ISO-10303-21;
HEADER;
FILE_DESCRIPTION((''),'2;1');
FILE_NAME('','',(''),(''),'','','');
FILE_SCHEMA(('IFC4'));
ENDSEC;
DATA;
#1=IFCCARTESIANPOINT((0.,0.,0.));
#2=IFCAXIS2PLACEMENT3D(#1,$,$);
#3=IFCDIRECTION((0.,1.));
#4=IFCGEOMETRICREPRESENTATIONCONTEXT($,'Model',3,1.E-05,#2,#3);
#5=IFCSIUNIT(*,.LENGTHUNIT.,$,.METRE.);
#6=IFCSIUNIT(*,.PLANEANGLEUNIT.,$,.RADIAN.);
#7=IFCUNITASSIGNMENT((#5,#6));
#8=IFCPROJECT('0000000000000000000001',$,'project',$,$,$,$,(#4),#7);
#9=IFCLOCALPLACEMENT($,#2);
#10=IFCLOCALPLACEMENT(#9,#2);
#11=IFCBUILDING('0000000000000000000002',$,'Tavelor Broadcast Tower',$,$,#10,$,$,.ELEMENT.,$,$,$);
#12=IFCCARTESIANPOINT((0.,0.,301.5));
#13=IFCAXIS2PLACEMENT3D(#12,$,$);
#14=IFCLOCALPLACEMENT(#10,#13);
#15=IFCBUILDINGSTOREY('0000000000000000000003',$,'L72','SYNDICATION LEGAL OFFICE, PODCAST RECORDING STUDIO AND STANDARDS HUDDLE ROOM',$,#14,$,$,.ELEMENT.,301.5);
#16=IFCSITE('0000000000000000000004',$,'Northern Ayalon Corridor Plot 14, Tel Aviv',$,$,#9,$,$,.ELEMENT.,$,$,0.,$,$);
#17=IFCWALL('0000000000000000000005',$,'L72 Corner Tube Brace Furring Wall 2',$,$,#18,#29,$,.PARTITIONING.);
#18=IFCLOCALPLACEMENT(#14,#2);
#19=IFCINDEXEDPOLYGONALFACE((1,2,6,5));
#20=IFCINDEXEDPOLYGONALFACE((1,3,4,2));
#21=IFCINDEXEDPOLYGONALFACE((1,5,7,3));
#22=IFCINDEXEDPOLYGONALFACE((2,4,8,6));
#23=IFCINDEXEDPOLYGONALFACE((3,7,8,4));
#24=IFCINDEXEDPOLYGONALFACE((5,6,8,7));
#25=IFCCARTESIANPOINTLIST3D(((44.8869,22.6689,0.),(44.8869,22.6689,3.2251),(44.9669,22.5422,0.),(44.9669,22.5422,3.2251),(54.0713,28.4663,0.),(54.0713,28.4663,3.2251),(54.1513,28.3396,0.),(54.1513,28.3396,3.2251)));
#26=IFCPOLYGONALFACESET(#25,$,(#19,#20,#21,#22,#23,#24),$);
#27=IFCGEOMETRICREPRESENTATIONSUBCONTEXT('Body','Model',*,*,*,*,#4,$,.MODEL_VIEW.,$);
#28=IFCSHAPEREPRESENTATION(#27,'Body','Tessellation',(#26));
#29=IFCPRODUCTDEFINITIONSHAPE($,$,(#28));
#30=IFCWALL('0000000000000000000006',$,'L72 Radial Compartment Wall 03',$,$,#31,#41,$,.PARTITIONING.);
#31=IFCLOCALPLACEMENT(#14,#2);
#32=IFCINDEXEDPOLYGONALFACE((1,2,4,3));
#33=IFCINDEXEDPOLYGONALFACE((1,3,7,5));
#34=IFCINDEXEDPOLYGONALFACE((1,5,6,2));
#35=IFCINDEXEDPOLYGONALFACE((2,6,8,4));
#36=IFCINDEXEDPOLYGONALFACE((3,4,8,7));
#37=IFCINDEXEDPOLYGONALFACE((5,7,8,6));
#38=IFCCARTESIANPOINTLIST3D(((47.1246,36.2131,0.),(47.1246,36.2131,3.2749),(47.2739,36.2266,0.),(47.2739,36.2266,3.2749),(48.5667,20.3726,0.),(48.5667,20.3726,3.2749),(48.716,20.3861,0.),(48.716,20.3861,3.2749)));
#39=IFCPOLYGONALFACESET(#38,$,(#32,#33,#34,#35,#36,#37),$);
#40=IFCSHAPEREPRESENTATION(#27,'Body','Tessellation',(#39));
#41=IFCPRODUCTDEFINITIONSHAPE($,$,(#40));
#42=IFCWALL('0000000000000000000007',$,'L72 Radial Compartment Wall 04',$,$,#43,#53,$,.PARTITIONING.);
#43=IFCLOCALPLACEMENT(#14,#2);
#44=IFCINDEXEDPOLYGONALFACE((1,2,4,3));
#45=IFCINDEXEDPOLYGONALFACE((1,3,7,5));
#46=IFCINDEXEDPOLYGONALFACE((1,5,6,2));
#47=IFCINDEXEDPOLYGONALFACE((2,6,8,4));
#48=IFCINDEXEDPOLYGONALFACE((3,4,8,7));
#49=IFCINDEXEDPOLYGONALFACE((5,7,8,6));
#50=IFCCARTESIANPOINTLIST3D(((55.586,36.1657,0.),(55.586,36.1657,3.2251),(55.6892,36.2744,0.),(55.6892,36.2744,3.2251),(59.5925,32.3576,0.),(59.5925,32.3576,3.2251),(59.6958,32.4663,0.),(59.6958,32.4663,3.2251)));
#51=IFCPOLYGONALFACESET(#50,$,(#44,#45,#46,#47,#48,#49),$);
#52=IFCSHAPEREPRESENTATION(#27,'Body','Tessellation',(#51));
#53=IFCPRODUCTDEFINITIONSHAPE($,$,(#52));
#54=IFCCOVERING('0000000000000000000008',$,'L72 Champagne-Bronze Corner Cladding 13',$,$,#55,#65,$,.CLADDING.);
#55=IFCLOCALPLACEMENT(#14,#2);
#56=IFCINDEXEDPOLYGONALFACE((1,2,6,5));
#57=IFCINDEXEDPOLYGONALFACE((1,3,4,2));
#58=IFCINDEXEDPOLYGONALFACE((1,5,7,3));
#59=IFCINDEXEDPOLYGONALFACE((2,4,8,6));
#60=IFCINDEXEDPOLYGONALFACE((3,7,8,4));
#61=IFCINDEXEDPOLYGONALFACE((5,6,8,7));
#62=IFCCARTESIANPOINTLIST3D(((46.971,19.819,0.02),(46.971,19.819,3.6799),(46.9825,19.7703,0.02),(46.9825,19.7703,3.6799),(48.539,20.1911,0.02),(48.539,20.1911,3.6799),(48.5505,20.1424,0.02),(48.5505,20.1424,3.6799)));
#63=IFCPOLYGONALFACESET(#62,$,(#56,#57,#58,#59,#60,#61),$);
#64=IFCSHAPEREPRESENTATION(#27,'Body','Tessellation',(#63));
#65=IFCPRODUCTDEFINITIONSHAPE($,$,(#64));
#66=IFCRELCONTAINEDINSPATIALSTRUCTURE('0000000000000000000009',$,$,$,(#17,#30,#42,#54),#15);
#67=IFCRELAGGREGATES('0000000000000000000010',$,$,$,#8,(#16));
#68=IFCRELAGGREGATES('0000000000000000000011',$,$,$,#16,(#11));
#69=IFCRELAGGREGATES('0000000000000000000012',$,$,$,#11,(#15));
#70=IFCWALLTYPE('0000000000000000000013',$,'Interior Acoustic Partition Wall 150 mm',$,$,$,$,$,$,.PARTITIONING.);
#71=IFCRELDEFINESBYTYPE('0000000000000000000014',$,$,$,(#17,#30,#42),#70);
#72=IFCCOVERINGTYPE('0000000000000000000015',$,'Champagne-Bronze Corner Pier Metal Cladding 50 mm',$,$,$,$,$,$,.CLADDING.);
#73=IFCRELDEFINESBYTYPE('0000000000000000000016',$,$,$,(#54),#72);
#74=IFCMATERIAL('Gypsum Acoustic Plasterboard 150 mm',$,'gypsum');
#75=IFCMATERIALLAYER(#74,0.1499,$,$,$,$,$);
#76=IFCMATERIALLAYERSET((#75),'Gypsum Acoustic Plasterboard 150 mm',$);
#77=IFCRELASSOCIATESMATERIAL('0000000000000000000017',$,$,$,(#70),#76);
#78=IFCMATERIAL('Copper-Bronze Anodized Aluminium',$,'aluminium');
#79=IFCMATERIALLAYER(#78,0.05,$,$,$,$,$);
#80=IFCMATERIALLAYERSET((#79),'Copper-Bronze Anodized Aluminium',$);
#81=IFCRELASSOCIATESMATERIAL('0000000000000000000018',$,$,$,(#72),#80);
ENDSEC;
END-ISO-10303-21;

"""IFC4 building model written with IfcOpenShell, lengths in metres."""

from ifc_helpers import new_model, si_unit, direction, frame, frame_2d, origin, origin_2d, place, context, subcontext, project, spatial, rectangle, extrude, material, layer, layer_set, type_object, element, save


model = new_model("IFC4")

# Units and contexts
model_context = context("Model", 3, precision=1e-05, world=origin(), true_north=direction((0.0, 1.0)))
body_context = subcontext(model_context, "Body", "Model", "MODEL_VIEW")
ifc_project = project(units=[si_unit("LENGTHUNIT", "METRE"), si_unit("PLANEANGLEUNIT", "RADIAN")], contexts=[model_context])

# Site, building, storey
site_placement = place(None, origin())
site = spatial("IfcSite", under=ifc_project, at=site_placement, Name="Northern Ayalon Corridor Plot 14, Tel Aviv", CompositionType="ELEMENT", RefElevation=0.0)
building_placement = place(site_placement, origin())
building = spatial("IfcBuilding", under=site, at=building_placement, Name="Tavelor Broadcast Tower", CompositionType="ELEMENT")
storey_placement = place(building_placement, frame((0.0, 0.0, 301.5)))
storey = spatial("IfcBuildingStorey", under=building, at=storey_placement, Name="L72", Description="SYNDICATION LEGAL OFFICE, PODCAST RECORDING STUDIO AND STANDARDS HUDDLE ROOM", CompositionType="ELEMENT", Elevation=301.5)

# Walls
ifc_material_1 = material(Name="Gypsum Acoustic Plasterboard 150 mm", Category="gypsum")
ifc_layer_1 = layer(ifc_material_1, 0.1499)
ifc_layer_set_1 = layer_set([ifc_layer_1], Name="Gypsum Acoustic Plasterboard 150 mm")
wall_type_1 = type_object("IfcWallType", Name="Interior Acoustic Partition Wall 150 mm", PredefinedType="PARTITIONING", material=ifc_layer_set_1)
wall_1_placement = place(storey_placement, frame((44.9268, 22.6055, 0.0), z_axis=(0.0, 0.0, 1.0), x_axis=(0.845625, 0.533778, 0.0)))
element("IfcWall", 1, at=wall_1_placement, inside=storey, type_object=wall_type_1, Name="L72 Corner Tube Brace Furring Wall 2", PredefinedType="PARTITIONING", context=body_context, shape_type="SweptSolid", body=[
    extrude(rectangle(XDim=10.8611, YDim=0.1499, at=frame_2d((5.4307, 0.0))), origin(), (0.0, 0.0, 1.0), 3.2251),
])
wall_2_placement = place(storey_placement, frame((47.1992, 36.22, 0.0), z_axis=(0.0, 0.0, 1.0), x_axis=(0.090666, -0.995881, 0.0)))
element("IfcWall", 2, at=wall_2_placement, inside=storey, type_object=wall_type_1, Name="L72 Radial Compartment Wall 03", PredefinedType="PARTITIONING", context=body_context, shape_type="SweptSolid", body=[
    extrude(rectangle(XDim=15.906, YDim=0.1499, at=frame_2d((7.9531, 0.0))), origin(), (0.0, 0.0, 1.0), 3.2749),
])
wall_3_placement = place(storey_placement, frame((55.6377, 36.22, 0.0), z_axis=(0.0, 0.0, 1.0), x_axis=(0.724833, -0.688925, 0.0)))
element("IfcWall", 3, at=wall_3_placement, inside=storey, type_object=wall_type_1, Name="L72 Radial Compartment Wall 04", PredefinedType="PARTITIONING", context=body_context, shape_type="SweptSolid", body=[
    extrude(rectangle(XDim=5.5276, YDim=0.1499, at=frame_2d((2.7637, 0.0))), origin(), (0.0, 0.0, 1.0), 3.2251),
])

# Covering
ifc_material_2 = material(Name="Copper-Bronze Anodized Aluminium", Category="aluminium")
ifc_layer_2 = layer(ifc_material_2, 0.05)
ifc_layer_set_2 = layer_set([ifc_layer_2], Name="Copper-Bronze Anodized Aluminium")
covering_type = type_object("IfcCoveringType", Name="Champagne-Bronze Corner Pier Metal Cladding 50 mm", PredefinedType="CLADDING", material=ifc_layer_set_2)
covering_placement = place(storey_placement, frame((47.7607, 19.9807, 0.02), z_axis=(0.0, 0.0, 1.0), x_axis=(0.972978, 0.230899, 0.0)))
element("IfcCovering", 4, at=covering_placement, inside=storey, type_object=covering_type, Name="L72 Champagne-Bronze Corner Cladding 13", PredefinedType="CLADDING", context=body_context, shape_type="SweptSolid", body=[
    extrude(rectangle(XDim=1.6116, YDim=0.05, at=origin_2d()), origin(), (0.0, 0.0, 1.0), 3.6599),
])

save(model, "model.ifc")
